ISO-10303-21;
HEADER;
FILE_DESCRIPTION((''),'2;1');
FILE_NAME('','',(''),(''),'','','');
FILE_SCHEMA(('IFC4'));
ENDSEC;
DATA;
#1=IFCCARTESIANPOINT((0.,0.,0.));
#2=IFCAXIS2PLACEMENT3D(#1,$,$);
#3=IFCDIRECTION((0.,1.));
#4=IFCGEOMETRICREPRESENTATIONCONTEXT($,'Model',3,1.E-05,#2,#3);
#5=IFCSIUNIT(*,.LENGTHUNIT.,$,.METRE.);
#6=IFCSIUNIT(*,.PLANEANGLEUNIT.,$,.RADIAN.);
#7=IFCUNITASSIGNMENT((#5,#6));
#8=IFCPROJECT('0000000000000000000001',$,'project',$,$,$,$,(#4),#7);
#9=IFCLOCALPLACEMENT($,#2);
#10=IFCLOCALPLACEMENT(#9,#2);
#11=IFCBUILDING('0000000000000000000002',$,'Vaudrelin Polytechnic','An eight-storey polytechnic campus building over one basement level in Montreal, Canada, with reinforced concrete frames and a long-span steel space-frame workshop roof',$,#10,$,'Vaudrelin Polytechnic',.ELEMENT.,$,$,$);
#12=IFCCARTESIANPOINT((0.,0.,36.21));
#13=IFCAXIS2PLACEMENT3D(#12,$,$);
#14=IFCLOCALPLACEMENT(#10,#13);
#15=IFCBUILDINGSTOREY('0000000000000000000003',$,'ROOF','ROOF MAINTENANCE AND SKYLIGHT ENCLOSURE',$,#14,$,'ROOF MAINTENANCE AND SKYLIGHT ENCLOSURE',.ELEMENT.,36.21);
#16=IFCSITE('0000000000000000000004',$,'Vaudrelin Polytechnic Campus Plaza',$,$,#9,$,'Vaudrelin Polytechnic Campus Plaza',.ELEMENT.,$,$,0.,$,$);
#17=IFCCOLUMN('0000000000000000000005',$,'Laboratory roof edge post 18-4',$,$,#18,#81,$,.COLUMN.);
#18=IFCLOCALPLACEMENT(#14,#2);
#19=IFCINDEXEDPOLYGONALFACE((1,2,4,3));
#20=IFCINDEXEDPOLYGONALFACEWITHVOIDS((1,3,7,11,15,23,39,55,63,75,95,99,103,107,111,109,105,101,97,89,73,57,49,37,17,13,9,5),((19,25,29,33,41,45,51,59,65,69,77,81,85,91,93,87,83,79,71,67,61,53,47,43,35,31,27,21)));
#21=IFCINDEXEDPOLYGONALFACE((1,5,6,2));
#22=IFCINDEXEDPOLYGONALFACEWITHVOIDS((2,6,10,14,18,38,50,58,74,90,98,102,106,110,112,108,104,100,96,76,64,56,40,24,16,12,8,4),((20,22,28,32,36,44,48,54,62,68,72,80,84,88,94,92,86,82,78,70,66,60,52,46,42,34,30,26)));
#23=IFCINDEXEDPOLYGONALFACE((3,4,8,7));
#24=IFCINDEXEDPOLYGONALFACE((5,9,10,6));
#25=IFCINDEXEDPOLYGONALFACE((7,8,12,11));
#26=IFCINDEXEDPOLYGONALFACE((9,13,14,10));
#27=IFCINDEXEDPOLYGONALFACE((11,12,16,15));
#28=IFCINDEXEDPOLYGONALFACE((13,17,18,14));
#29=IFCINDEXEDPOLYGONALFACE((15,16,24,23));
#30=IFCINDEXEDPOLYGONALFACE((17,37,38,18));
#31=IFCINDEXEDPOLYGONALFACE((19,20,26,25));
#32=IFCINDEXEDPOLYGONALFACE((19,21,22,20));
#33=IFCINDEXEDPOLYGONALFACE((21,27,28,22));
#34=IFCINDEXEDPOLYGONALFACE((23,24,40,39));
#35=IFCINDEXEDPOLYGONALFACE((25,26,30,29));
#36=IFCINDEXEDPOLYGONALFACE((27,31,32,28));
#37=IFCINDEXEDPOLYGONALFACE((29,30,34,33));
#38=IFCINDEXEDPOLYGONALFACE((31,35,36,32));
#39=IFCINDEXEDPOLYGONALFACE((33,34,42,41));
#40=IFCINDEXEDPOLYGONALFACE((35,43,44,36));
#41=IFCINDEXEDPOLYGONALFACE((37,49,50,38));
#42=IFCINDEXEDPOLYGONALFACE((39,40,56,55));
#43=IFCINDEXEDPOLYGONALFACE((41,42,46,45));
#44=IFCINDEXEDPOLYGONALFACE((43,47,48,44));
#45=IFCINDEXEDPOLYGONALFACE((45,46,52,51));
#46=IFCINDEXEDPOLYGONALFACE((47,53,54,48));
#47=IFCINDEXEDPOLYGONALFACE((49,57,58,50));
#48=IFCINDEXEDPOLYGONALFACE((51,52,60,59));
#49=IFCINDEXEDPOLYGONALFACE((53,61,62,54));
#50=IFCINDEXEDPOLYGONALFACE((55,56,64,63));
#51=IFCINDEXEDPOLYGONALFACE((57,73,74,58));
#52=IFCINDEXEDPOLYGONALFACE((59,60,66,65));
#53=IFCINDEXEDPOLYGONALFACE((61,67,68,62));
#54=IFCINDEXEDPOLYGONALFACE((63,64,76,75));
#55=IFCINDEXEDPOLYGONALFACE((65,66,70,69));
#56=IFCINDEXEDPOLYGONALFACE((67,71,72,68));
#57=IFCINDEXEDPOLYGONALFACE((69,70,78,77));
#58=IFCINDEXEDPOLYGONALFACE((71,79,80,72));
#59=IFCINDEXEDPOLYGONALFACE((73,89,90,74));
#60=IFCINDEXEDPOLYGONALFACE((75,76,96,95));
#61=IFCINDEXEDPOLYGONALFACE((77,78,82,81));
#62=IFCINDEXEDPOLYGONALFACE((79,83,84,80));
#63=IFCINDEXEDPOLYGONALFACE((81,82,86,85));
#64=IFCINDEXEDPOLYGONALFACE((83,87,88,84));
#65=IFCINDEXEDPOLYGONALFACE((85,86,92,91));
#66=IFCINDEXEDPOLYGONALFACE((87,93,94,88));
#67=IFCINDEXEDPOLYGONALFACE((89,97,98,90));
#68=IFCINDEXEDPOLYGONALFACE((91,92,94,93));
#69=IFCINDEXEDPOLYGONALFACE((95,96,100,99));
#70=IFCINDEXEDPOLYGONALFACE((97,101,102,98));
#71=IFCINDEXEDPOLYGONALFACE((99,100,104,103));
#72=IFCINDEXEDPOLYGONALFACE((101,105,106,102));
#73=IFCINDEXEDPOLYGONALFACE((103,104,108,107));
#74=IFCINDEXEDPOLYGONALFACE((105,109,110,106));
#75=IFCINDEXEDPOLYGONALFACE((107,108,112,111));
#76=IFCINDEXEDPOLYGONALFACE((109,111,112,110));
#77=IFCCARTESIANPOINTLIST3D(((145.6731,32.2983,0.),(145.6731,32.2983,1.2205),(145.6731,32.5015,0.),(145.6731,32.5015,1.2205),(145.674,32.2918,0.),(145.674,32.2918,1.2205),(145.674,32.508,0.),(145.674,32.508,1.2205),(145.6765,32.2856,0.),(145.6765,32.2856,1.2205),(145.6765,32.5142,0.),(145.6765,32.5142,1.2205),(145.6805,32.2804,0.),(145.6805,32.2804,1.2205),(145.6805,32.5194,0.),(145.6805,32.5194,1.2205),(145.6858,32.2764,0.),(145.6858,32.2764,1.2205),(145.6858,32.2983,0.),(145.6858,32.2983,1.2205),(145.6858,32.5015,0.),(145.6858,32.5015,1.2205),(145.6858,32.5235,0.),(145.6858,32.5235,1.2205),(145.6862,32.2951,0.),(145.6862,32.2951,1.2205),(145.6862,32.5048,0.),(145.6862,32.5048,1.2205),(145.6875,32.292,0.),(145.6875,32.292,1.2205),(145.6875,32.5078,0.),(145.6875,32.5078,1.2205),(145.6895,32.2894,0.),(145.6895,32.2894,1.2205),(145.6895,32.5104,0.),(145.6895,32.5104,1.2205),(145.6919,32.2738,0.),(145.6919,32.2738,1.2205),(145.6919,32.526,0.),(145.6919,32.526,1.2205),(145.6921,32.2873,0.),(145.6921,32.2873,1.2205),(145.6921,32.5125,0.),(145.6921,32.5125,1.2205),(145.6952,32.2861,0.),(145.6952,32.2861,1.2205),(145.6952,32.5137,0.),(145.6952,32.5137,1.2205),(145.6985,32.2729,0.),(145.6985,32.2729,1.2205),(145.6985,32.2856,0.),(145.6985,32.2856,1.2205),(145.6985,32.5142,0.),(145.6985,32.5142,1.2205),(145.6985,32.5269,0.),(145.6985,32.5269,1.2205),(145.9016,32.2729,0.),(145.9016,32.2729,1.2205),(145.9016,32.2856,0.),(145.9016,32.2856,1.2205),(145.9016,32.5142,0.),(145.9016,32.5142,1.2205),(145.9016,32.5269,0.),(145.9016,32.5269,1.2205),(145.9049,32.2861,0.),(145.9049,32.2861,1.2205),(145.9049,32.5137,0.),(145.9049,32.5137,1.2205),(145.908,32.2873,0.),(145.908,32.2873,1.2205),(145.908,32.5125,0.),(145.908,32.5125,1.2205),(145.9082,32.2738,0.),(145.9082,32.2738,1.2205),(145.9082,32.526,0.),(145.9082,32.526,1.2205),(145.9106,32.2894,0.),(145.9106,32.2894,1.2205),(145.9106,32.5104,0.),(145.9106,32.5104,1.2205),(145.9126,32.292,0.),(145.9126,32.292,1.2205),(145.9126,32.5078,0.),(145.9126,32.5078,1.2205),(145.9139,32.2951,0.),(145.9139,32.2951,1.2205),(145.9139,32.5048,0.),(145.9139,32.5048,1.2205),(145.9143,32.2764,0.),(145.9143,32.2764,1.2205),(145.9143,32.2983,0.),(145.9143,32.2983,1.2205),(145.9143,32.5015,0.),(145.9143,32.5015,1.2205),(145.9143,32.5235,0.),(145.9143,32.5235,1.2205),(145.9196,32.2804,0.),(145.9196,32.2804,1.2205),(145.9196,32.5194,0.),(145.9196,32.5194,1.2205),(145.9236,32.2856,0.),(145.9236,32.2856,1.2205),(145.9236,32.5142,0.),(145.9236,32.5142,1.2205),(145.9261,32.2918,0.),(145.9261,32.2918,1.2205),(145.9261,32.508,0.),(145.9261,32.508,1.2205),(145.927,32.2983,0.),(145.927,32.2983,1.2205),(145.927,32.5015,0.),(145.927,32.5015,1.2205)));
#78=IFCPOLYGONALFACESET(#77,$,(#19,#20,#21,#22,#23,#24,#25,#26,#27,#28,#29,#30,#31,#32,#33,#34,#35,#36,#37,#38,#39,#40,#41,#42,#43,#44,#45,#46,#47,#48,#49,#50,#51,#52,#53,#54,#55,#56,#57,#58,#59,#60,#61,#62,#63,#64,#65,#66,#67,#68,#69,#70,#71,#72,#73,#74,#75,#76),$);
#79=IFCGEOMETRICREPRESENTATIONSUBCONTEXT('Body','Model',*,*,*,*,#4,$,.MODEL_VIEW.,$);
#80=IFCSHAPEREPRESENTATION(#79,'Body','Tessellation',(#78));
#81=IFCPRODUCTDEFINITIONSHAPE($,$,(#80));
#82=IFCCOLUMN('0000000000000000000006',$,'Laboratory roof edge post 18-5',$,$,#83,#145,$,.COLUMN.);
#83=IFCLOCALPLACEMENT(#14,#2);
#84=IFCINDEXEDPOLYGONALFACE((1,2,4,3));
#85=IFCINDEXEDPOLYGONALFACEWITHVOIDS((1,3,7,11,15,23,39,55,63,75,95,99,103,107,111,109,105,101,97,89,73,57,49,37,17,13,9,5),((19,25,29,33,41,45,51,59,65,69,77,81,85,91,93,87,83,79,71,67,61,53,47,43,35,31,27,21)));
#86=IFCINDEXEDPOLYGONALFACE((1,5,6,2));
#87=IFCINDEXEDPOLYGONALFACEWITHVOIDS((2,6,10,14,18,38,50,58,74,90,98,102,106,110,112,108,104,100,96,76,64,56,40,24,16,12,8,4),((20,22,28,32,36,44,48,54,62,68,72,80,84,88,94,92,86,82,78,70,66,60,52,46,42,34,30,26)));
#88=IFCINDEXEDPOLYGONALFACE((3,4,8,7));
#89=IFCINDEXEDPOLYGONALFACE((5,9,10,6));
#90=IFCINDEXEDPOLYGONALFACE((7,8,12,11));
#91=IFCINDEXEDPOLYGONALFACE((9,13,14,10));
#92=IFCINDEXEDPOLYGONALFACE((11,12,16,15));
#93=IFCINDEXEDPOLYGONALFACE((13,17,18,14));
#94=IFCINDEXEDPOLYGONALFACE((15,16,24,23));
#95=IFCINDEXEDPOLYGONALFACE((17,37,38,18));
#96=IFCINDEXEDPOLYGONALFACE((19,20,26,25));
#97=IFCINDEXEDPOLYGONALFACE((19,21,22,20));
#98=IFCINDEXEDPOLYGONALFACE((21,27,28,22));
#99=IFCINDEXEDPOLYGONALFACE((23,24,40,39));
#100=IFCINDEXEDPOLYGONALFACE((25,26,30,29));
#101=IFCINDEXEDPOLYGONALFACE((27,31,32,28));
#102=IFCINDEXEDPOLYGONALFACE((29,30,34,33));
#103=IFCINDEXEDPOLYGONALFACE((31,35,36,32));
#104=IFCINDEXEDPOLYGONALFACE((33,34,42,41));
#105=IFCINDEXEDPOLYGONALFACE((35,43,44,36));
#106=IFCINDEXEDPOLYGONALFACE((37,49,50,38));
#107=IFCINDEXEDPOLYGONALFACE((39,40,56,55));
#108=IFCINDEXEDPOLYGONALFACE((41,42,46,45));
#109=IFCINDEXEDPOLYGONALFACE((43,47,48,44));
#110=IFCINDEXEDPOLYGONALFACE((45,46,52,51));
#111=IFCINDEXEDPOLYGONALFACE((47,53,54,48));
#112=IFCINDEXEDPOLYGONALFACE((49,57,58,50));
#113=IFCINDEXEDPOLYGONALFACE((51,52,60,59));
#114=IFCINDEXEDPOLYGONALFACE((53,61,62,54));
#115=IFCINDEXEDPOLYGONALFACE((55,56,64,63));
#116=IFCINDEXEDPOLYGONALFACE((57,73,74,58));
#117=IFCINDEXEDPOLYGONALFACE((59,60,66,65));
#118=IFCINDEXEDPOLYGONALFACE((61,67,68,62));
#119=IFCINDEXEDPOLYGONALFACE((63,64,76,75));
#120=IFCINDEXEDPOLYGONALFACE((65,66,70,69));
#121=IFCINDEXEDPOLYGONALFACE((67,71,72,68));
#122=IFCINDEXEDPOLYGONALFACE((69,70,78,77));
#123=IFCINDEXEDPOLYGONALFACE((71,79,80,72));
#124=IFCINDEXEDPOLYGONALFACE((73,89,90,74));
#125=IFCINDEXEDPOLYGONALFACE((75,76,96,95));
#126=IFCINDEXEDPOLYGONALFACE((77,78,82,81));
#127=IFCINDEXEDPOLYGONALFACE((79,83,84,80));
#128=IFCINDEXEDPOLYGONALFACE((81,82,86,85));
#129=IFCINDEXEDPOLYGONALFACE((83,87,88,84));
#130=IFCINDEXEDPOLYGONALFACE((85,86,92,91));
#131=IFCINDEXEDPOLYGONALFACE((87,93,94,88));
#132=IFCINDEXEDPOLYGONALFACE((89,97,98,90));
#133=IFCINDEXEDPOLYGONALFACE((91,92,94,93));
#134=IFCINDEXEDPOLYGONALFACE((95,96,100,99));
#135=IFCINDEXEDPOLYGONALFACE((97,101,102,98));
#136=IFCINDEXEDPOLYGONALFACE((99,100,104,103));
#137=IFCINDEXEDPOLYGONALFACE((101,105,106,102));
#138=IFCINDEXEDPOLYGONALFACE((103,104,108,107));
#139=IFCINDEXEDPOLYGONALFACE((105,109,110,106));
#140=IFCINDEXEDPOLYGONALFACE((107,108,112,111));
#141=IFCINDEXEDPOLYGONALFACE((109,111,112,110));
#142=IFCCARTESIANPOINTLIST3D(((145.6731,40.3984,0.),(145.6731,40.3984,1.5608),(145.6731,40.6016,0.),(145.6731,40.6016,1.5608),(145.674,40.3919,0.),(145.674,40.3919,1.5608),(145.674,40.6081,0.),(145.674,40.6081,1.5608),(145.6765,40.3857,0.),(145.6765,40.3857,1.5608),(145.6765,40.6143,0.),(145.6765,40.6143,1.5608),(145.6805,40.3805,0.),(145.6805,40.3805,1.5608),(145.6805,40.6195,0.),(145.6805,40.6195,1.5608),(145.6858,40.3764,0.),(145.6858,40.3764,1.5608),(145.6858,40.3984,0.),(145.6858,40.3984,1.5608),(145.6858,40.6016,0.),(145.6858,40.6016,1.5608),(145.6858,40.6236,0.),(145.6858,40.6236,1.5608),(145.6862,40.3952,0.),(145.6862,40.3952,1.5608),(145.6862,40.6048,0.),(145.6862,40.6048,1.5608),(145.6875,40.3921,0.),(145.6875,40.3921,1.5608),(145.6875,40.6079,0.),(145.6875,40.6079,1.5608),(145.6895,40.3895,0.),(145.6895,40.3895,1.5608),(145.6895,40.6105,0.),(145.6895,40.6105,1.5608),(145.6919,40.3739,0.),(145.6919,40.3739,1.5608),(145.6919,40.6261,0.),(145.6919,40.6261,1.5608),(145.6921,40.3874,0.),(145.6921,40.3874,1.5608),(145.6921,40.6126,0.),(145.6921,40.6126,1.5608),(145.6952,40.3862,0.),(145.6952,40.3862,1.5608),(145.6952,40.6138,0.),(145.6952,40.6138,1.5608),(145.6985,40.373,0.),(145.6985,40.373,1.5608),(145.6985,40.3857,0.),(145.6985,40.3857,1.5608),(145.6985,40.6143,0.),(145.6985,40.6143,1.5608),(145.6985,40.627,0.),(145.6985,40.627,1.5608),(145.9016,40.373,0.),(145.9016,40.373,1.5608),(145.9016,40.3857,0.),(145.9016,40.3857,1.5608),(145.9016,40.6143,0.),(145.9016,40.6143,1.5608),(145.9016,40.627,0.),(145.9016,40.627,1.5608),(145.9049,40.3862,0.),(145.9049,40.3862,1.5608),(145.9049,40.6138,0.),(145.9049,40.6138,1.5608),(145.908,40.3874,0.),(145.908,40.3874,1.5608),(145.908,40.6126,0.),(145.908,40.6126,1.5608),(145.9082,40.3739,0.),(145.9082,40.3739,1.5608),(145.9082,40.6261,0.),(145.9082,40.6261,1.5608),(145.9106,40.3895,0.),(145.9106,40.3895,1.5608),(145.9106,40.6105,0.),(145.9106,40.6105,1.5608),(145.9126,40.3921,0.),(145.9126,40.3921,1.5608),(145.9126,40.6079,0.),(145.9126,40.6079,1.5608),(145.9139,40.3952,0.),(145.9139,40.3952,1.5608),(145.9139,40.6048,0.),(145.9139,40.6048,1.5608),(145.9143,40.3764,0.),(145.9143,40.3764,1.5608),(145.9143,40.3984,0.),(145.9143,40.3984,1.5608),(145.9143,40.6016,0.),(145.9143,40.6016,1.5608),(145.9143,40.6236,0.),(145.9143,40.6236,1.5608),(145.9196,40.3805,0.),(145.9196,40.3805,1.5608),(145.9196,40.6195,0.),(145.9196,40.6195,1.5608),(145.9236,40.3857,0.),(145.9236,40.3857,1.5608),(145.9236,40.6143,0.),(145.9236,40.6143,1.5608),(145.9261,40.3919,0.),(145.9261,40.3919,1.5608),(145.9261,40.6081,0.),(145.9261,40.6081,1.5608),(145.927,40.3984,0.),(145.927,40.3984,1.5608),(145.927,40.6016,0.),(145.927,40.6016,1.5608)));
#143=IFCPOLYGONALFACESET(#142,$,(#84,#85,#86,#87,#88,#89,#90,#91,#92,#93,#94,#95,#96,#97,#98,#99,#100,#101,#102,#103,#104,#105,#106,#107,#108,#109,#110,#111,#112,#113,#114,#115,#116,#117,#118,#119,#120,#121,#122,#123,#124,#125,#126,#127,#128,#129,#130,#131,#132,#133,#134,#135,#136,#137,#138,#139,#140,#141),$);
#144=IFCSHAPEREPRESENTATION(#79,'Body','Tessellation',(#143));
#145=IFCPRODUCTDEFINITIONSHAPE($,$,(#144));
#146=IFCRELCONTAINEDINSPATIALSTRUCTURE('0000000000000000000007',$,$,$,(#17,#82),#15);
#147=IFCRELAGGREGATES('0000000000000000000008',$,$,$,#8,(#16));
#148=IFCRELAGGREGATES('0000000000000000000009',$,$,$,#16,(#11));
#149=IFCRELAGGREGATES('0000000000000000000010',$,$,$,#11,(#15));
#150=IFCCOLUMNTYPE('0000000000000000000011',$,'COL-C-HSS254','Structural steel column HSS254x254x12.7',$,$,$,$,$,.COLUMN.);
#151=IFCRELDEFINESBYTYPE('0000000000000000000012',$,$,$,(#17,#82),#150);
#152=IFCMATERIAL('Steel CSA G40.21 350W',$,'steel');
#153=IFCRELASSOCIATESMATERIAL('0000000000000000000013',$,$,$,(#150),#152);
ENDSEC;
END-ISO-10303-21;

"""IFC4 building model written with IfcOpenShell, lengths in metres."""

from ifc_helpers import new_model, si_unit, direction, frame, origin, origin_2d, place, context, subcontext, project, spatial, hollow_rectangle, extrude, material, material_profile, profile_set, type_object, element, save


model = new_model("IFC4")

# Units and contexts
model_context = context("Model", 3, precision=1e-05, world=origin(), true_north=direction((0.0, 1.0)))
body_context = subcontext(model_context, "Body", "Model", "MODEL_VIEW")
ifc_project = project(units=[si_unit("LENGTHUNIT", "METRE"), si_unit("PLANEANGLEUNIT", "RADIAN")], contexts=[model_context])

# Site, building, storey
site_placement = place(None, origin())
site = spatial("IfcSite", under=ifc_project, at=site_placement, Name="Vaudrelin Polytechnic Campus Plaza", LongName="Vaudrelin Polytechnic Campus Plaza", CompositionType="ELEMENT", RefElevation=0.0)
building_placement = place(site_placement, origin())
building = spatial("IfcBuilding", under=site, at=building_placement, Name="Vaudrelin Polytechnic", Description="An eight-storey polytechnic campus building over one basement level in Montreal, Canada, with reinforced concrete frames and a long-span steel space-frame workshop roof", LongName="Vaudrelin Polytechnic", CompositionType="ELEMENT")
storey_placement = place(building_placement, frame((0.0, 0.0, 36.21)))
storey = spatial("IfcBuildingStorey", under=building, at=storey_placement, Name="ROOF", Description="ROOF MAINTENANCE AND SKYLIGHT ENCLOSURE", LongName="ROOF MAINTENANCE AND SKYLIGHT ENCLOSURE", CompositionType="ELEMENT", Elevation=36.21)

# Columns
ifc_material_1 = material(Name="Steel CSA G40.21 350W", Category="steel")
ifc_material_profile = material_profile(ifc_material_1, hollow_rectangle(XDim=0.2539, YDim=0.2539, WallThickness=0.0127, InnerFilletRadius=0.0127, OuterFilletRadius=0.0254, at=origin_2d()), Name="HSS254x254x12.7")
ifc_profile_set = profile_set([ifc_material_profile], Name="Steel CSA G40.21 350W")
column_type = type_object("IfcColumnType", Name="COL-C-HSS254", Description="Structural steel column HSS254x254x12.7", PredefinedType="COLUMN", material=ifc_profile_set)
column_1_placement = place(storey_placement, frame((145.8, 32.3999, 0.0), z_axis=(0.0, 0.0, 1.0), x_axis=(1.0, 0.0, 0.0)))
element("IfcColumn", 1, at=column_1_placement, inside=storey, type_object=column_type, Name="Laboratory roof edge post 18-4", PredefinedType="COLUMN", context=body_context, shape_type="SweptSolid", body=[
    extrude(hollow_rectangle(XDim=0.2539, YDim=0.2539, WallThickness=0.0127, InnerFilletRadius=0.0127, OuterFilletRadius=0.0254, at=origin_2d()), origin(), (0.0, 0.0, 1.0), 1.2205),
])
column_2_placement = place(storey_placement, frame((145.8, 40.5, 0.0), z_axis=(0.0, 0.0, 1.0), x_axis=(1.0, 0.0, 0.0)))
element("IfcColumn", 2, at=column_2_placement, inside=storey, type_object=column_type, Name="Laboratory roof edge post 18-5", PredefinedType="COLUMN", context=body_context, shape_type="SweptSolid", body=[
    extrude(hollow_rectangle(XDim=0.2539, YDim=0.2539, WallThickness=0.0127, InnerFilletRadius=0.0127, OuterFilletRadius=0.0254, at=origin_2d()), origin(), (0.0, 0.0, 1.0), 1.5608),
])

save(model, "model.ifc")
